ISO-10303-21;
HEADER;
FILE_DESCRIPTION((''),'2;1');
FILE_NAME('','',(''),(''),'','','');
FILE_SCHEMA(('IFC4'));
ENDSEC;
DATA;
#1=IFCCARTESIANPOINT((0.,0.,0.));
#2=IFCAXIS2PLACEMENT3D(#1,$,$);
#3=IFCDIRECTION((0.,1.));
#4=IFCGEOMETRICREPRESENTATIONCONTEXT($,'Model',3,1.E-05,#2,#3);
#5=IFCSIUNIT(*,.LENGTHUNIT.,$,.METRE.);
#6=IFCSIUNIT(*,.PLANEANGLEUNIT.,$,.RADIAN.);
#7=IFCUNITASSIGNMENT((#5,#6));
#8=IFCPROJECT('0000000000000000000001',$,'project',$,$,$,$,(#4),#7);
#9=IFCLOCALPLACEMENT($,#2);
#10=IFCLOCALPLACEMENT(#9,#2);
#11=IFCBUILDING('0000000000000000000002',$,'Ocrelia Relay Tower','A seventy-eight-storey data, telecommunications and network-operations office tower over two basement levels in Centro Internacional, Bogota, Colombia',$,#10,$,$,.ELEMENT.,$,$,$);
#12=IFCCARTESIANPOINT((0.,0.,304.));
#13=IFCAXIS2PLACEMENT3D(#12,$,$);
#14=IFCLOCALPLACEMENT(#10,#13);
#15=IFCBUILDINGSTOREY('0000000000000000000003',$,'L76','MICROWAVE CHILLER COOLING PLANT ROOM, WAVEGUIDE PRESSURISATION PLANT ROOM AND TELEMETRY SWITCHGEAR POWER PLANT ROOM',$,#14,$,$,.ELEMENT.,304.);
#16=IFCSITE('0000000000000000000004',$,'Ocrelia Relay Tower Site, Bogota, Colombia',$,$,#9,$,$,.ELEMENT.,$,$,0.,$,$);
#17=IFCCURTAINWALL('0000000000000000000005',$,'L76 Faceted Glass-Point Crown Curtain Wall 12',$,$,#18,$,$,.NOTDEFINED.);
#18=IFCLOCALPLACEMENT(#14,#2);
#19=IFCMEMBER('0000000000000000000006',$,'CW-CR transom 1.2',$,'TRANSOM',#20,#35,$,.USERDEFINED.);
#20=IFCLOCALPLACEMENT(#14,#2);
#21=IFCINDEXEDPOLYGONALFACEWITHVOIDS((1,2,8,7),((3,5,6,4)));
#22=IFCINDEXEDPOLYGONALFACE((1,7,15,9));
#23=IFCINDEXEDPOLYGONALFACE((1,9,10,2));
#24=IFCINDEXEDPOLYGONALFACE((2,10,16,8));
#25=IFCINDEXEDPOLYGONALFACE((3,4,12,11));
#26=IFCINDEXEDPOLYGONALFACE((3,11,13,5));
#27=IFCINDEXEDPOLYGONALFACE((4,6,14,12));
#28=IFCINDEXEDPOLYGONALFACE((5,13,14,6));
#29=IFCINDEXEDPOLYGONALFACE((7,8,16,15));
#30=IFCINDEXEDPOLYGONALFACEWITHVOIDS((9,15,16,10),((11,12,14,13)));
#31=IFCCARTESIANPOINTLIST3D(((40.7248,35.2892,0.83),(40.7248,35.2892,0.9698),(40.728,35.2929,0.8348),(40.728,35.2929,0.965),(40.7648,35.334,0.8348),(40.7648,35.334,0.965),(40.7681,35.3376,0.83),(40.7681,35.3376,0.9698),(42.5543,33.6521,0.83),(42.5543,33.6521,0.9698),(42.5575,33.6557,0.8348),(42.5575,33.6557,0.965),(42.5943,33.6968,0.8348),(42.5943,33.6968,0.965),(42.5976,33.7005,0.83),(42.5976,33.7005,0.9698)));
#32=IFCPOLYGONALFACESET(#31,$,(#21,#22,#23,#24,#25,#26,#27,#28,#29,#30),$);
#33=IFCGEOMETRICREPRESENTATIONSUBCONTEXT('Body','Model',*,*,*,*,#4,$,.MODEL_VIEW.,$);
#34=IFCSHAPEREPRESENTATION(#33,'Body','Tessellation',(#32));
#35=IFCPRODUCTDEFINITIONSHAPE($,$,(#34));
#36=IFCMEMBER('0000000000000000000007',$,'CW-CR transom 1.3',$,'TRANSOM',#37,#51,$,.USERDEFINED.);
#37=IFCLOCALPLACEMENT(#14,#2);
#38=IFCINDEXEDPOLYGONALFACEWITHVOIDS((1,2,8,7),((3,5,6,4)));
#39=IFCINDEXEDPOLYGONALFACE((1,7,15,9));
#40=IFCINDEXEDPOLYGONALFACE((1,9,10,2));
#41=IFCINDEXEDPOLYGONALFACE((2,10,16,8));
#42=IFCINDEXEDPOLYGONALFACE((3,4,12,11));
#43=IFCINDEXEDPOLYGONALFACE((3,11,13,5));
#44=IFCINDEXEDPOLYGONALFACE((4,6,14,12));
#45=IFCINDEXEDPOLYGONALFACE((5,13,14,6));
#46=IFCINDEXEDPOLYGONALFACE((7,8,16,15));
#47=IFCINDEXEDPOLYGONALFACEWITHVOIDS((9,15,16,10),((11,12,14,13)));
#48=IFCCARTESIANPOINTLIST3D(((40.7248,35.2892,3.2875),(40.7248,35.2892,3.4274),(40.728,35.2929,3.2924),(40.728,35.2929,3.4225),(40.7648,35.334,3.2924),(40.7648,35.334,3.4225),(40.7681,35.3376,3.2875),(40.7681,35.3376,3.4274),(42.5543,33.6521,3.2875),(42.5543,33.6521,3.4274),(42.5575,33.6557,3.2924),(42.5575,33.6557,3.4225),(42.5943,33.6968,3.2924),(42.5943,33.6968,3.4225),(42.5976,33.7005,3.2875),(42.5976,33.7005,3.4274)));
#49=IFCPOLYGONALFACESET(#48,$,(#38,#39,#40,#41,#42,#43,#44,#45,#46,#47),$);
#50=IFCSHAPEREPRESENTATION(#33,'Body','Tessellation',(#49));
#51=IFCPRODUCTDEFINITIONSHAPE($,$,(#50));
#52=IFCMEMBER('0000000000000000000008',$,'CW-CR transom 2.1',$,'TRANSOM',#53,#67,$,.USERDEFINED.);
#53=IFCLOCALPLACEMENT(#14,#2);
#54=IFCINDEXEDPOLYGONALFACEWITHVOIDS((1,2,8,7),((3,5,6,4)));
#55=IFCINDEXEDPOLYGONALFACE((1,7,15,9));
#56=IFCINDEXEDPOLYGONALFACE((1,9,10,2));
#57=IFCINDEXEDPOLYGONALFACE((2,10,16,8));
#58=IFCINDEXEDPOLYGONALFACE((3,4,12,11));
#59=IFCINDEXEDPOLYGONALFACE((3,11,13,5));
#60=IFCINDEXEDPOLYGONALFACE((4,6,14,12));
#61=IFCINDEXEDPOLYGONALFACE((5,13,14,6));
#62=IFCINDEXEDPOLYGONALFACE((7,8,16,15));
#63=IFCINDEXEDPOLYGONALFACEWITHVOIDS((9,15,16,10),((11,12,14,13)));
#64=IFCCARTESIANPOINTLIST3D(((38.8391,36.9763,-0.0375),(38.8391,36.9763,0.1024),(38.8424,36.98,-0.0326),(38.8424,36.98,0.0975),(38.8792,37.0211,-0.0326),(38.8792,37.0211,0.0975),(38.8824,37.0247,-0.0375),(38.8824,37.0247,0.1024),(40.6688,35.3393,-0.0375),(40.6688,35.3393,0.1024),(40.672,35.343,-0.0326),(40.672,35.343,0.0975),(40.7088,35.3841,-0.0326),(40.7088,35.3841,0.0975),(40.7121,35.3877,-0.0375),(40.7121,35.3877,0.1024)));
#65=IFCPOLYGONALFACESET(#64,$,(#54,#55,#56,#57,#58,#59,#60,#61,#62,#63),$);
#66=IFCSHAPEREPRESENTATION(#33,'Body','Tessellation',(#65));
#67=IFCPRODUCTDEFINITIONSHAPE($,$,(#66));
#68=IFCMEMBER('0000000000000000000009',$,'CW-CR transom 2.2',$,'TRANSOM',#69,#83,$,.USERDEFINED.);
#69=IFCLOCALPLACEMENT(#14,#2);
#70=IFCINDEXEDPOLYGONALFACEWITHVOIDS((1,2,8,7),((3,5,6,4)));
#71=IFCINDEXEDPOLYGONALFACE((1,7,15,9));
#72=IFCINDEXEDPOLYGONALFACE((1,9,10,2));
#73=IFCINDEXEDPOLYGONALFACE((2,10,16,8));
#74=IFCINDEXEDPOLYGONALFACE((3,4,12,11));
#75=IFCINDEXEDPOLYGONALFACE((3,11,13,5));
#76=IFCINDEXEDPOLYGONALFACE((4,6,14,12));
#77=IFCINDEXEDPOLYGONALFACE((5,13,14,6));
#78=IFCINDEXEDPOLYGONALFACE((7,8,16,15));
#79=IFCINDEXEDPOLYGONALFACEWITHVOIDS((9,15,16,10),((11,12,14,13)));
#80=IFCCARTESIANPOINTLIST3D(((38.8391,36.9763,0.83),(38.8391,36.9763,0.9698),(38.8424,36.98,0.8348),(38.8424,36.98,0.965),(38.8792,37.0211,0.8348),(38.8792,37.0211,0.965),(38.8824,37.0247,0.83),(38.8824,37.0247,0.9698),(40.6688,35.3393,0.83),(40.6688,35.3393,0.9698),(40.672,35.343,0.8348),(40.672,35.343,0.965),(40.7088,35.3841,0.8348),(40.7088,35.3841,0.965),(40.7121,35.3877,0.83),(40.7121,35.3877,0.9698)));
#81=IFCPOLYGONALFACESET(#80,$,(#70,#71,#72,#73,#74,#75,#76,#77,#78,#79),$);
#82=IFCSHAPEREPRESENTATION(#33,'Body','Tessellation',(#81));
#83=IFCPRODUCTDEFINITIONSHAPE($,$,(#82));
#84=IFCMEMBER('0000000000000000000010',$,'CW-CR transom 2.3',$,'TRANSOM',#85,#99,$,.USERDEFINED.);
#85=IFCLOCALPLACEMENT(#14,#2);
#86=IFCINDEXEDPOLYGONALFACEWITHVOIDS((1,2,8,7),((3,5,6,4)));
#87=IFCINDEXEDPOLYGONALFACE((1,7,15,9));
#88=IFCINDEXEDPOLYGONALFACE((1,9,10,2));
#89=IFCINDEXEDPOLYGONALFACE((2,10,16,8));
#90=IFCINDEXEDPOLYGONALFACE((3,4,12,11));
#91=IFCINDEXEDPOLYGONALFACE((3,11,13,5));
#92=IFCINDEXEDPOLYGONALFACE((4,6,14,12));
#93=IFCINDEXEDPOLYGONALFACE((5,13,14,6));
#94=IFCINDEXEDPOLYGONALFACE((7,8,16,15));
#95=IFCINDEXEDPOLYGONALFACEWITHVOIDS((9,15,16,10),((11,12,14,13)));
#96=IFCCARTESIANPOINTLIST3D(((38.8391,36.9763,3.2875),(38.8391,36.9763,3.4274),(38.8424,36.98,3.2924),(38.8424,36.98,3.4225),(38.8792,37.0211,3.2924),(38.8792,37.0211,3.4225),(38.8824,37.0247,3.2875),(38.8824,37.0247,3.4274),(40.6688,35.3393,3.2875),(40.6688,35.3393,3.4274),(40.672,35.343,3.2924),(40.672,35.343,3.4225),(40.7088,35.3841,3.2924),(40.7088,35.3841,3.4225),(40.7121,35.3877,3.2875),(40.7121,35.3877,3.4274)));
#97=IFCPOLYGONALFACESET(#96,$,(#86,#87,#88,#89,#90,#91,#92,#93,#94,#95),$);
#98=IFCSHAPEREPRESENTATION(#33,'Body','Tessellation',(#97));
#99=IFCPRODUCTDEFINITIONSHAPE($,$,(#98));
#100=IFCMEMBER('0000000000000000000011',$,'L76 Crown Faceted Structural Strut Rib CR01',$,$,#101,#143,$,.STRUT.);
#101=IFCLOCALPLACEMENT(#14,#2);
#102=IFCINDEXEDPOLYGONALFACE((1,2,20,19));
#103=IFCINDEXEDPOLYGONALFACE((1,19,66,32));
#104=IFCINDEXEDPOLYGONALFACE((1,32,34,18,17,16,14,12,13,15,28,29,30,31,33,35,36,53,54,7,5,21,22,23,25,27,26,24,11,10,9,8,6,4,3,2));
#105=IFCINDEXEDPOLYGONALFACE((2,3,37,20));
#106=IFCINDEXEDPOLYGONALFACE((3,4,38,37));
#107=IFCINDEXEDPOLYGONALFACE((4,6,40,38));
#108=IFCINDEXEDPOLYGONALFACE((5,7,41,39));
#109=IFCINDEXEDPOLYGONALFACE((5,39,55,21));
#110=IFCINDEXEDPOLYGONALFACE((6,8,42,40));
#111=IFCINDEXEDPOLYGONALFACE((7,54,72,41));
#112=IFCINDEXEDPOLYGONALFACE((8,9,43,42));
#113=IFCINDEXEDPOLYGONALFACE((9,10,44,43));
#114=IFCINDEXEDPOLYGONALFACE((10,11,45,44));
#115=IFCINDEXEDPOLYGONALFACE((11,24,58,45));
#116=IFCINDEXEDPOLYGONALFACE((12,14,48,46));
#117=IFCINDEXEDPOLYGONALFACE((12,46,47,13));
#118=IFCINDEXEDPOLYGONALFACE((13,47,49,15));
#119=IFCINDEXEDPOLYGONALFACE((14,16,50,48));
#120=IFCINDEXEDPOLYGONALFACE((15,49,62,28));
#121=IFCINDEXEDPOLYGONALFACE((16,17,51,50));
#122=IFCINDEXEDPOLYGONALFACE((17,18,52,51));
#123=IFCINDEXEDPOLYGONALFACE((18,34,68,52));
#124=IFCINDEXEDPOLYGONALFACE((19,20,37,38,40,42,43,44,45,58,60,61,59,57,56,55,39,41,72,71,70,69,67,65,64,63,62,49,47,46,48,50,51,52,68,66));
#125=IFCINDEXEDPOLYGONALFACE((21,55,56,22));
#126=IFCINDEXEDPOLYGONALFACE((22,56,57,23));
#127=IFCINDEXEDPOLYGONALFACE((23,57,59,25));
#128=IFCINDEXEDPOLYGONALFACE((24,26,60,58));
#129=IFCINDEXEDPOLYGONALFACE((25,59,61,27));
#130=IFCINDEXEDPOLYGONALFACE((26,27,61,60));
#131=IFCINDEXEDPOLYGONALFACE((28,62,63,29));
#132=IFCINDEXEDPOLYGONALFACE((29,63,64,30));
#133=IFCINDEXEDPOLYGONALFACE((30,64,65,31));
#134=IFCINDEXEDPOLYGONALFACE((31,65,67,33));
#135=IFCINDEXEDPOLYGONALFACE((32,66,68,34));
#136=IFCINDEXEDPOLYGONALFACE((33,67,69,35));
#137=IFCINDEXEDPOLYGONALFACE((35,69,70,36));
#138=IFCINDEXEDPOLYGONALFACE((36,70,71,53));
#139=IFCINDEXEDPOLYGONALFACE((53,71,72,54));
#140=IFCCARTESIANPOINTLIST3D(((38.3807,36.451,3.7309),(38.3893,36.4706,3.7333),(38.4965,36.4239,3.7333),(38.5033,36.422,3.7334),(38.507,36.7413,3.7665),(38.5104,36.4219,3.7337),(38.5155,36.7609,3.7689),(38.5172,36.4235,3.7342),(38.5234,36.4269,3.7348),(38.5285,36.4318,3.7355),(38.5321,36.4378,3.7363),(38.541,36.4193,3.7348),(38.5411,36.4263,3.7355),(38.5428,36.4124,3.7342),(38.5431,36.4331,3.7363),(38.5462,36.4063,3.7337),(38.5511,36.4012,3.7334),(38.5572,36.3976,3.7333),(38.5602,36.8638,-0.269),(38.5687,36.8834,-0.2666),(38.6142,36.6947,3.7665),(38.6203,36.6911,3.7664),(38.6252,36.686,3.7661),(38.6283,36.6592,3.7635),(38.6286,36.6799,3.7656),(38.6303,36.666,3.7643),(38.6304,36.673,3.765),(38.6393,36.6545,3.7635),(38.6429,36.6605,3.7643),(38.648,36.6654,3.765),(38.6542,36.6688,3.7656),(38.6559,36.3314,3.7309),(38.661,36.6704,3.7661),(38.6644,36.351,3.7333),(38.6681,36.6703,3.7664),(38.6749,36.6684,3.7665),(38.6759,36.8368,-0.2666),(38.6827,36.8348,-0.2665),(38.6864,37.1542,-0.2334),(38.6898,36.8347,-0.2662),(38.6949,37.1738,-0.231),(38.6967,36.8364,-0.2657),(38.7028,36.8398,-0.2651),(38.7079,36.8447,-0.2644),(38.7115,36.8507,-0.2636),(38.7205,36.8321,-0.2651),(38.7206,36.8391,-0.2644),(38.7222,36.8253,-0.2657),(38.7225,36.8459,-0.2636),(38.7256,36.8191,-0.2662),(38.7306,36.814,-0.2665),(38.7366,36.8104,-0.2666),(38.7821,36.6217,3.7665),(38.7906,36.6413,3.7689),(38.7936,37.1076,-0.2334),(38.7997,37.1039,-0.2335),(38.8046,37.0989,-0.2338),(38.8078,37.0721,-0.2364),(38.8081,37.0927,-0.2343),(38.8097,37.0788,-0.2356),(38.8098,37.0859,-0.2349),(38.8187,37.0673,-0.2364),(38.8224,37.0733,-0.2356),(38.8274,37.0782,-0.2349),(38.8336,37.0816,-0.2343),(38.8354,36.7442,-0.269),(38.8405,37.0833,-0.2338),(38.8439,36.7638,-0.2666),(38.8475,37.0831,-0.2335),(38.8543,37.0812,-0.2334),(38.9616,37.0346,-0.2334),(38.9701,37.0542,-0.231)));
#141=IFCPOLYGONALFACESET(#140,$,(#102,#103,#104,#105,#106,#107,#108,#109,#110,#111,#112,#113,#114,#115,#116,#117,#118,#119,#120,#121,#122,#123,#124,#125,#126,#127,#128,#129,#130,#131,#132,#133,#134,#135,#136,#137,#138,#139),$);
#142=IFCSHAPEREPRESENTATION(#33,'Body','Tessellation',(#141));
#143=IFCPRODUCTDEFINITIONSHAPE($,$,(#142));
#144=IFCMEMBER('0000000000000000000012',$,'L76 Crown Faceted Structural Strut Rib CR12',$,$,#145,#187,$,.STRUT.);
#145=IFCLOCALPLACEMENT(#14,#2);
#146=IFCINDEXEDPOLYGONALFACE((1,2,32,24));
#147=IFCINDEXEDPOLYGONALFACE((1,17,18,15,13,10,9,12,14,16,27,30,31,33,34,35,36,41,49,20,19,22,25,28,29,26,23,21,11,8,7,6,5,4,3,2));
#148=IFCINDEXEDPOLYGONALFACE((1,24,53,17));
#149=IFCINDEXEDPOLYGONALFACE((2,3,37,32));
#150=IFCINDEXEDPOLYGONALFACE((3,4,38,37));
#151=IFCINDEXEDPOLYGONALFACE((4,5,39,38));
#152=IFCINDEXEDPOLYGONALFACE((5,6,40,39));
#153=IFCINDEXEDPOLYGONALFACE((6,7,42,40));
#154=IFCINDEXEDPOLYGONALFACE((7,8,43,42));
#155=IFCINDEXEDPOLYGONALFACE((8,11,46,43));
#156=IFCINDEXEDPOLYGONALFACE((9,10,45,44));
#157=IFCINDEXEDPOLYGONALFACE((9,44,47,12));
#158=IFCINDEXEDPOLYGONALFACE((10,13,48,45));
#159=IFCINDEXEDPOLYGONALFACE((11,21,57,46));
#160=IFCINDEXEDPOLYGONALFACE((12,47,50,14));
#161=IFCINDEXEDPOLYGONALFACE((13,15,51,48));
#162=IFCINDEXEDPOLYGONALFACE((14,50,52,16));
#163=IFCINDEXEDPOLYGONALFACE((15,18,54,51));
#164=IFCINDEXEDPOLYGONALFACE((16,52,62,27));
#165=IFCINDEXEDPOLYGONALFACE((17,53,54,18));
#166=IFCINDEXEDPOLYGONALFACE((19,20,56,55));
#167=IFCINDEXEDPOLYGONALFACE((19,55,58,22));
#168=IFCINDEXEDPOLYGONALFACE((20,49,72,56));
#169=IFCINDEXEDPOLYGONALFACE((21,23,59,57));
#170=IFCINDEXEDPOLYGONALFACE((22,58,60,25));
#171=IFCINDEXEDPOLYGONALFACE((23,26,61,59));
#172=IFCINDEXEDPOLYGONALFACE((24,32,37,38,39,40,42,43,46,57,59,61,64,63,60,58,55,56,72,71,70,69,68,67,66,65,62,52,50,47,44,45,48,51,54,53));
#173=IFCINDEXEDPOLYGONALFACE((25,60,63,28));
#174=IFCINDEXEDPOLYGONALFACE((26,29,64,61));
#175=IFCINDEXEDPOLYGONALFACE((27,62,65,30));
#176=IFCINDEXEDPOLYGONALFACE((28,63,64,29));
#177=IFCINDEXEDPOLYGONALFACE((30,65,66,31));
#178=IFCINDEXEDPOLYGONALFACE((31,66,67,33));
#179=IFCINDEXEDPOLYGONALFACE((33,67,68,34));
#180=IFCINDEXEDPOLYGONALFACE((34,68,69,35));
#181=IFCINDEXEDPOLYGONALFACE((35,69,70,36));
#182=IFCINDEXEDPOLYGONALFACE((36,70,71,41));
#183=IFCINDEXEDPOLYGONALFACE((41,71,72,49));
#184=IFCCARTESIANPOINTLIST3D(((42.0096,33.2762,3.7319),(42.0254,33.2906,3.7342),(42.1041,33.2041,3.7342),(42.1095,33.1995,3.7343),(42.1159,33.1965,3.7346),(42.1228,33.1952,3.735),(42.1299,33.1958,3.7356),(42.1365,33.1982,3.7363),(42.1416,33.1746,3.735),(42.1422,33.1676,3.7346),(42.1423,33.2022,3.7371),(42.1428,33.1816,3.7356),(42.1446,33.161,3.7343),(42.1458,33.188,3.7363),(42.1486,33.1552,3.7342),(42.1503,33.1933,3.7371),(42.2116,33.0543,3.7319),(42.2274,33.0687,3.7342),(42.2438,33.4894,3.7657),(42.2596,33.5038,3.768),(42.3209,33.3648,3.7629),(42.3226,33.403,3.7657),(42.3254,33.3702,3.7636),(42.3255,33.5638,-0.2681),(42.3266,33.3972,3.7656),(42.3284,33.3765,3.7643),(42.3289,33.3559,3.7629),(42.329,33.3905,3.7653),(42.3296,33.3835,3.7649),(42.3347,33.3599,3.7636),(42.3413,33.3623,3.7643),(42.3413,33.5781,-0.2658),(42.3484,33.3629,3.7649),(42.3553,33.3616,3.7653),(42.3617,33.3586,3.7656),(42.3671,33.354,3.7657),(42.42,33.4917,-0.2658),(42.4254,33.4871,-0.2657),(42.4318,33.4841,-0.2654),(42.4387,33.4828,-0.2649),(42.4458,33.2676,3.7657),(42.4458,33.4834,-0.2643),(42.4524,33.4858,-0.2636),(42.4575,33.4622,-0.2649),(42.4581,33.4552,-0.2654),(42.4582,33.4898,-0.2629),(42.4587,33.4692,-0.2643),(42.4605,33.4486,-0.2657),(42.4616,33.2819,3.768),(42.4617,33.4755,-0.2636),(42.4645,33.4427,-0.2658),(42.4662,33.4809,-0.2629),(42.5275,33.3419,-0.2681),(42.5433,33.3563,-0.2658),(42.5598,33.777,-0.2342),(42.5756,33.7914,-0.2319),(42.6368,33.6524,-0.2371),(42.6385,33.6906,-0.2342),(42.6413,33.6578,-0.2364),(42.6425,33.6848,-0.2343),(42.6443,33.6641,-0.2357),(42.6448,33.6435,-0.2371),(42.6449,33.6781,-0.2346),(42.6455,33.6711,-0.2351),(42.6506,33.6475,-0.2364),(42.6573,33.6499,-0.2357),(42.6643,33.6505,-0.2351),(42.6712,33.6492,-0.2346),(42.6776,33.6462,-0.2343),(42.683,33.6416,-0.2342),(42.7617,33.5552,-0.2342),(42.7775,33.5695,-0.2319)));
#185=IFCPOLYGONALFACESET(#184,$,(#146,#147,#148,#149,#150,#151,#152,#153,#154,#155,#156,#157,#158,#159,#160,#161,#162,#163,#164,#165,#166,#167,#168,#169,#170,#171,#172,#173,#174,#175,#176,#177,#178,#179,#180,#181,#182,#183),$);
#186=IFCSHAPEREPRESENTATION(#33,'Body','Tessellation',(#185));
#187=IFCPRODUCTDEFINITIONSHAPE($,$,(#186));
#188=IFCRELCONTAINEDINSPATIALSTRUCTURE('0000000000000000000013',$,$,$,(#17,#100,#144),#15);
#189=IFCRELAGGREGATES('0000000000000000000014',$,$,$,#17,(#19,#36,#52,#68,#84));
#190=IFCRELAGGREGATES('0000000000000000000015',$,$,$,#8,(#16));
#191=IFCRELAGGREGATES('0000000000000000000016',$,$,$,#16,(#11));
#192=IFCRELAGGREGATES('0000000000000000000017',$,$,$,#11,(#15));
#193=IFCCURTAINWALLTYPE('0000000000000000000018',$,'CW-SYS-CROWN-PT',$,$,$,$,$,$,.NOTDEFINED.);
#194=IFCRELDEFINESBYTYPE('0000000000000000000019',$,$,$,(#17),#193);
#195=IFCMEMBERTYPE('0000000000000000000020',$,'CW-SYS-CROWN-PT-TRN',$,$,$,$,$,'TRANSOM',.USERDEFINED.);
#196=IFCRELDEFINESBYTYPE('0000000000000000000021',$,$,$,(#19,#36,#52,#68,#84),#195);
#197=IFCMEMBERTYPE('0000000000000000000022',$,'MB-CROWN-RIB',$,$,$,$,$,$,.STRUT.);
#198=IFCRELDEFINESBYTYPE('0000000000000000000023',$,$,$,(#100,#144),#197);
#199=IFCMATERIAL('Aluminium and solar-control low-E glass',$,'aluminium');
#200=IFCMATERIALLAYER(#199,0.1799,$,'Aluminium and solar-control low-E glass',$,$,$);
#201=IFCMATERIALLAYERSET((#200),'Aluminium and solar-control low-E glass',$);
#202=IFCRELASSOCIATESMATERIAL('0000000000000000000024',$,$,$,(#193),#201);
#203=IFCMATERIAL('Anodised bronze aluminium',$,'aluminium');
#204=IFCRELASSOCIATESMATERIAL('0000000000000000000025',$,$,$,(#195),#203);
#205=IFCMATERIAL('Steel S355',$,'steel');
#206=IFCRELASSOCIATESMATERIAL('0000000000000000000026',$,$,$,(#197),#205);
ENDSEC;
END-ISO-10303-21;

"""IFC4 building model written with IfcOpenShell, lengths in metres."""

from ifc_helpers import new_model, si_unit, direction, frame, origin, origin_2d, place, context, subcontext, project, spatial, hollow_rectangle, i_section, extrude, material, layer, layer_set, material_profile, profile_set, type_object, element, aggregate, save


model = new_model("IFC4")

# Units and contexts
model_context = context("Model", 3, precision=1e-05, world=origin(), true_north=direction((0.0, 1.0)))
body_context = subcontext(model_context, "Body", "Model", "MODEL_VIEW")
ifc_project = project(units=[si_unit("LENGTHUNIT", "METRE"), si_unit("PLANEANGLEUNIT", "RADIAN")], contexts=[model_context])

# Site, building, storey
site_placement = place(None, origin())
site = spatial("IfcSite", under=ifc_project, at=site_placement, Name="Ocrelia Relay Tower Site, Bogota, Colombia", CompositionType="ELEMENT", RefElevation=0.0)
building_placement = place(site_placement, origin())
building = spatial("IfcBuilding", under=site, at=building_placement, Name="Ocrelia Relay Tower", Description="A seventy-eight-storey data, telecommunications and network-operations office tower over two basement levels in Centro Internacional, Bogota, Colombia", CompositionType="ELEMENT")
storey_placement = place(building_placement, frame((0.0, 0.0, 304.0)))
storey = spatial("IfcBuildingStorey", under=building, at=storey_placement, Name="L76", Description="MICROWAVE CHILLER COOLING PLANT ROOM, WAVEGUIDE PRESSURISATION PLANT ROOM AND TELEMETRY SWITCHGEAR POWER PLANT ROOM", CompositionType="ELEMENT", Elevation=304.0)

# Shared definitions
ifc_material_1 = material(Name="Steel S355", Category="steel")

# Shared definitions
ifc_material_2 = material(Name="Aluminium and solar-control low-E glass", Category="aluminium")
ifc_layer_1 = layer(ifc_material_2, 0.1799, Name="Aluminium and solar-control low-E glass")
ifc_layer_set_1 = layer_set([ifc_layer_1], Name="Aluminium and solar-control low-E glass")
curtain_wall_type = type_object("IfcCurtainWallType", Name="CW-SYS-CROWN-PT", PredefinedType="NOTDEFINED", material=ifc_layer_set_1)
ifc_material_3 = material(Name="Anodised bronze aluminium", Category="aluminium")

# Curtain wall
curtain_wall_1_placement = place(storey_placement, origin())
curtain_wall_1 = element("IfcCurtainWall", 1, at=curtain_wall_1_placement, inside=storey, type_object=curtain_wall_type, Name="L76 Faceted Glass-Point Crown Curtain Wall 12", PredefinedType="NOTDEFINED")

# Members
ifc_material_profile_1 = material_profile(ifc_material_3, hollow_rectangle(XDim=0.0649, YDim=0.1399, WallThickness=0.0049, at=origin_2d()), Name="CW-TRN-140x65")
ifc_profile_set_1 = profile_set([ifc_material_profile_1], Name="Anodised bronze aluminium")
member_type_1 = type_object("IfcMemberType", Name="CW-SYS-CROWN-PT-TRN", ElementType="TRANSOM", PredefinedType="USERDEFINED", material=ifc_profile_set_1)
member_1_placement = place(storey_placement, frame((42.5759, 33.6763, 0.8999), z_axis=(-0.7452, 0.666841, 0.0), x_axis=(-0.666841, -0.7452, 0.0)))
member_1 = element("IfcMember", 2, at=member_1_placement, type_object=member_type_1, Name="CW-CR transom 1.2", ObjectType="TRANSOM", PredefinedType="USERDEFINED", context=body_context, shape_type="SweptSolid", body=[
    extrude(hollow_rectangle(XDim=0.0649, YDim=0.1399, WallThickness=0.0049, at=origin_2d()), origin(), (0.0, 0.0, 1.0), 2.4551),
])
member_2_placement = place(storey_placement, frame((42.5759, 33.6763, 3.3574), z_axis=(-0.7452, 0.666841, 0.0), x_axis=(-0.666841, -0.7452, 0.0)))
member_2 = element("IfcMember", 3, at=member_2_placement, type_object=member_type_1, Name="CW-CR transom 1.3", ObjectType="TRANSOM", PredefinedType="USERDEFINED", context=body_context, shape_type="SweptSolid", body=[
    extrude(hollow_rectangle(XDim=0.0649, YDim=0.1399, WallThickness=0.0049, at=origin_2d()), origin(), (0.0, 0.0, 1.0), 2.4551),
])
member_3_placement = place(storey_placement, frame((40.6904, 35.3635, 0.0325), z_axis=(-0.745249, 0.666786, 0.0), x_axis=(-0.666786, -0.745249, 0.0)))
member_3 = element("IfcMember", 4, at=member_3_placement, type_object=member_type_1, Name="CW-CR transom 2.1", ObjectType="TRANSOM", PredefinedType="USERDEFINED", context=body_context, shape_type="SweptSolid", body=[
    extrude(hollow_rectangle(XDim=0.0649, YDim=0.1399, WallThickness=0.0049, at=origin_2d()), origin(), (0.0, 0.0, 1.0), 2.4551),
])
member_4_placement = place(storey_placement, frame((40.6904, 35.3635, 0.8999), z_axis=(-0.745249, 0.666786, 0.0), x_axis=(-0.666786, -0.745249, 0.0)))
member_4 = element("IfcMember", 5, at=member_4_placement, type_object=member_type_1, Name="CW-CR transom 2.2", ObjectType="TRANSOM", PredefinedType="USERDEFINED", context=body_context, shape_type="SweptSolid", body=[
    extrude(hollow_rectangle(XDim=0.0649, YDim=0.1399, WallThickness=0.0049, at=origin_2d()), origin(), (0.0, 0.0, 1.0), 2.4551),
])
member_5_placement = place(storey_placement, frame((40.6904, 35.3635, 3.3574), z_axis=(-0.745249, 0.666786, 0.0), x_axis=(-0.666786, -0.745249, 0.0)))
member_5 = element("IfcMember", 6, at=member_5_placement, type_object=member_type_1, Name="CW-CR transom 2.3", ObjectType="TRANSOM", PredefinedType="USERDEFINED", context=body_context, shape_type="SweptSolid", body=[
    extrude(hollow_rectangle(XDim=0.0649, YDim=0.1399, WallThickness=0.0049, at=origin_2d()), origin(), (0.0, 0.0, 1.0), 2.4551),
])

# Members
ifc_material_profile_2 = material_profile(ifc_material_1, i_section(OverallWidth=0.3, OverallDepth=0.3401, WebThickness=0.012, FlangeThickness=0.0215, FilletRadius=0.0271, at=origin_2d()), Name="HEB 340")
ifc_profile_set_2 = profile_set([ifc_material_profile_2], Name="Steel S355")
member_type_2 = type_object("IfcMemberType", Name="MB-CROWN-RIB", PredefinedType="STRUT", material=ifc_profile_set_2)
member_6_placement = place(storey_placement, frame((38.7651, 36.959, -0.25), z_axis=(-0.044579, -0.102563, 0.993727), x_axis=(0.917113, -0.398627, 0.0)))
element("IfcMember", 7, at=member_6_placement, inside=storey, type_object=member_type_2, Name="L76 Crown Faceted Structural Strut Rib CR01", PredefinedType="STRUT", context=body_context, shape_type="SweptSolid", body=[
    extrude(i_section(OverallWidth=0.3, OverallDepth=0.3401, WebThickness=0.012, FlangeThickness=0.0215, FilletRadius=0.0271, at=origin_2d()), origin(), (0.0, 0.0, 1.0), 4.0251),
])
member_7_placement = place(storey_placement, frame((42.5515, 33.5667, -0.25), z_axis=(-0.078533, -0.071493, 0.994345), x_axis=(0.673185, -0.739474, 0.0)))
element("IfcMember", 8, at=member_7_placement, inside=storey, type_object=member_type_2, Name="L76 Crown Faceted Structural Strut Rib CR12", PredefinedType="STRUT", context=body_context, shape_type="SweptSolid", body=[
    extrude(i_section(OverallWidth=0.3, OverallDepth=0.3401, WebThickness=0.012, FlangeThickness=0.0215, FilletRadius=0.0271, at=origin_2d()), origin(), (0.0, 0.0, 1.0), 4.0227),
])

aggregate(curtain_wall_1, [member_1, member_2, member_3, member_4, member_5])

save(model, "model.ifc")
